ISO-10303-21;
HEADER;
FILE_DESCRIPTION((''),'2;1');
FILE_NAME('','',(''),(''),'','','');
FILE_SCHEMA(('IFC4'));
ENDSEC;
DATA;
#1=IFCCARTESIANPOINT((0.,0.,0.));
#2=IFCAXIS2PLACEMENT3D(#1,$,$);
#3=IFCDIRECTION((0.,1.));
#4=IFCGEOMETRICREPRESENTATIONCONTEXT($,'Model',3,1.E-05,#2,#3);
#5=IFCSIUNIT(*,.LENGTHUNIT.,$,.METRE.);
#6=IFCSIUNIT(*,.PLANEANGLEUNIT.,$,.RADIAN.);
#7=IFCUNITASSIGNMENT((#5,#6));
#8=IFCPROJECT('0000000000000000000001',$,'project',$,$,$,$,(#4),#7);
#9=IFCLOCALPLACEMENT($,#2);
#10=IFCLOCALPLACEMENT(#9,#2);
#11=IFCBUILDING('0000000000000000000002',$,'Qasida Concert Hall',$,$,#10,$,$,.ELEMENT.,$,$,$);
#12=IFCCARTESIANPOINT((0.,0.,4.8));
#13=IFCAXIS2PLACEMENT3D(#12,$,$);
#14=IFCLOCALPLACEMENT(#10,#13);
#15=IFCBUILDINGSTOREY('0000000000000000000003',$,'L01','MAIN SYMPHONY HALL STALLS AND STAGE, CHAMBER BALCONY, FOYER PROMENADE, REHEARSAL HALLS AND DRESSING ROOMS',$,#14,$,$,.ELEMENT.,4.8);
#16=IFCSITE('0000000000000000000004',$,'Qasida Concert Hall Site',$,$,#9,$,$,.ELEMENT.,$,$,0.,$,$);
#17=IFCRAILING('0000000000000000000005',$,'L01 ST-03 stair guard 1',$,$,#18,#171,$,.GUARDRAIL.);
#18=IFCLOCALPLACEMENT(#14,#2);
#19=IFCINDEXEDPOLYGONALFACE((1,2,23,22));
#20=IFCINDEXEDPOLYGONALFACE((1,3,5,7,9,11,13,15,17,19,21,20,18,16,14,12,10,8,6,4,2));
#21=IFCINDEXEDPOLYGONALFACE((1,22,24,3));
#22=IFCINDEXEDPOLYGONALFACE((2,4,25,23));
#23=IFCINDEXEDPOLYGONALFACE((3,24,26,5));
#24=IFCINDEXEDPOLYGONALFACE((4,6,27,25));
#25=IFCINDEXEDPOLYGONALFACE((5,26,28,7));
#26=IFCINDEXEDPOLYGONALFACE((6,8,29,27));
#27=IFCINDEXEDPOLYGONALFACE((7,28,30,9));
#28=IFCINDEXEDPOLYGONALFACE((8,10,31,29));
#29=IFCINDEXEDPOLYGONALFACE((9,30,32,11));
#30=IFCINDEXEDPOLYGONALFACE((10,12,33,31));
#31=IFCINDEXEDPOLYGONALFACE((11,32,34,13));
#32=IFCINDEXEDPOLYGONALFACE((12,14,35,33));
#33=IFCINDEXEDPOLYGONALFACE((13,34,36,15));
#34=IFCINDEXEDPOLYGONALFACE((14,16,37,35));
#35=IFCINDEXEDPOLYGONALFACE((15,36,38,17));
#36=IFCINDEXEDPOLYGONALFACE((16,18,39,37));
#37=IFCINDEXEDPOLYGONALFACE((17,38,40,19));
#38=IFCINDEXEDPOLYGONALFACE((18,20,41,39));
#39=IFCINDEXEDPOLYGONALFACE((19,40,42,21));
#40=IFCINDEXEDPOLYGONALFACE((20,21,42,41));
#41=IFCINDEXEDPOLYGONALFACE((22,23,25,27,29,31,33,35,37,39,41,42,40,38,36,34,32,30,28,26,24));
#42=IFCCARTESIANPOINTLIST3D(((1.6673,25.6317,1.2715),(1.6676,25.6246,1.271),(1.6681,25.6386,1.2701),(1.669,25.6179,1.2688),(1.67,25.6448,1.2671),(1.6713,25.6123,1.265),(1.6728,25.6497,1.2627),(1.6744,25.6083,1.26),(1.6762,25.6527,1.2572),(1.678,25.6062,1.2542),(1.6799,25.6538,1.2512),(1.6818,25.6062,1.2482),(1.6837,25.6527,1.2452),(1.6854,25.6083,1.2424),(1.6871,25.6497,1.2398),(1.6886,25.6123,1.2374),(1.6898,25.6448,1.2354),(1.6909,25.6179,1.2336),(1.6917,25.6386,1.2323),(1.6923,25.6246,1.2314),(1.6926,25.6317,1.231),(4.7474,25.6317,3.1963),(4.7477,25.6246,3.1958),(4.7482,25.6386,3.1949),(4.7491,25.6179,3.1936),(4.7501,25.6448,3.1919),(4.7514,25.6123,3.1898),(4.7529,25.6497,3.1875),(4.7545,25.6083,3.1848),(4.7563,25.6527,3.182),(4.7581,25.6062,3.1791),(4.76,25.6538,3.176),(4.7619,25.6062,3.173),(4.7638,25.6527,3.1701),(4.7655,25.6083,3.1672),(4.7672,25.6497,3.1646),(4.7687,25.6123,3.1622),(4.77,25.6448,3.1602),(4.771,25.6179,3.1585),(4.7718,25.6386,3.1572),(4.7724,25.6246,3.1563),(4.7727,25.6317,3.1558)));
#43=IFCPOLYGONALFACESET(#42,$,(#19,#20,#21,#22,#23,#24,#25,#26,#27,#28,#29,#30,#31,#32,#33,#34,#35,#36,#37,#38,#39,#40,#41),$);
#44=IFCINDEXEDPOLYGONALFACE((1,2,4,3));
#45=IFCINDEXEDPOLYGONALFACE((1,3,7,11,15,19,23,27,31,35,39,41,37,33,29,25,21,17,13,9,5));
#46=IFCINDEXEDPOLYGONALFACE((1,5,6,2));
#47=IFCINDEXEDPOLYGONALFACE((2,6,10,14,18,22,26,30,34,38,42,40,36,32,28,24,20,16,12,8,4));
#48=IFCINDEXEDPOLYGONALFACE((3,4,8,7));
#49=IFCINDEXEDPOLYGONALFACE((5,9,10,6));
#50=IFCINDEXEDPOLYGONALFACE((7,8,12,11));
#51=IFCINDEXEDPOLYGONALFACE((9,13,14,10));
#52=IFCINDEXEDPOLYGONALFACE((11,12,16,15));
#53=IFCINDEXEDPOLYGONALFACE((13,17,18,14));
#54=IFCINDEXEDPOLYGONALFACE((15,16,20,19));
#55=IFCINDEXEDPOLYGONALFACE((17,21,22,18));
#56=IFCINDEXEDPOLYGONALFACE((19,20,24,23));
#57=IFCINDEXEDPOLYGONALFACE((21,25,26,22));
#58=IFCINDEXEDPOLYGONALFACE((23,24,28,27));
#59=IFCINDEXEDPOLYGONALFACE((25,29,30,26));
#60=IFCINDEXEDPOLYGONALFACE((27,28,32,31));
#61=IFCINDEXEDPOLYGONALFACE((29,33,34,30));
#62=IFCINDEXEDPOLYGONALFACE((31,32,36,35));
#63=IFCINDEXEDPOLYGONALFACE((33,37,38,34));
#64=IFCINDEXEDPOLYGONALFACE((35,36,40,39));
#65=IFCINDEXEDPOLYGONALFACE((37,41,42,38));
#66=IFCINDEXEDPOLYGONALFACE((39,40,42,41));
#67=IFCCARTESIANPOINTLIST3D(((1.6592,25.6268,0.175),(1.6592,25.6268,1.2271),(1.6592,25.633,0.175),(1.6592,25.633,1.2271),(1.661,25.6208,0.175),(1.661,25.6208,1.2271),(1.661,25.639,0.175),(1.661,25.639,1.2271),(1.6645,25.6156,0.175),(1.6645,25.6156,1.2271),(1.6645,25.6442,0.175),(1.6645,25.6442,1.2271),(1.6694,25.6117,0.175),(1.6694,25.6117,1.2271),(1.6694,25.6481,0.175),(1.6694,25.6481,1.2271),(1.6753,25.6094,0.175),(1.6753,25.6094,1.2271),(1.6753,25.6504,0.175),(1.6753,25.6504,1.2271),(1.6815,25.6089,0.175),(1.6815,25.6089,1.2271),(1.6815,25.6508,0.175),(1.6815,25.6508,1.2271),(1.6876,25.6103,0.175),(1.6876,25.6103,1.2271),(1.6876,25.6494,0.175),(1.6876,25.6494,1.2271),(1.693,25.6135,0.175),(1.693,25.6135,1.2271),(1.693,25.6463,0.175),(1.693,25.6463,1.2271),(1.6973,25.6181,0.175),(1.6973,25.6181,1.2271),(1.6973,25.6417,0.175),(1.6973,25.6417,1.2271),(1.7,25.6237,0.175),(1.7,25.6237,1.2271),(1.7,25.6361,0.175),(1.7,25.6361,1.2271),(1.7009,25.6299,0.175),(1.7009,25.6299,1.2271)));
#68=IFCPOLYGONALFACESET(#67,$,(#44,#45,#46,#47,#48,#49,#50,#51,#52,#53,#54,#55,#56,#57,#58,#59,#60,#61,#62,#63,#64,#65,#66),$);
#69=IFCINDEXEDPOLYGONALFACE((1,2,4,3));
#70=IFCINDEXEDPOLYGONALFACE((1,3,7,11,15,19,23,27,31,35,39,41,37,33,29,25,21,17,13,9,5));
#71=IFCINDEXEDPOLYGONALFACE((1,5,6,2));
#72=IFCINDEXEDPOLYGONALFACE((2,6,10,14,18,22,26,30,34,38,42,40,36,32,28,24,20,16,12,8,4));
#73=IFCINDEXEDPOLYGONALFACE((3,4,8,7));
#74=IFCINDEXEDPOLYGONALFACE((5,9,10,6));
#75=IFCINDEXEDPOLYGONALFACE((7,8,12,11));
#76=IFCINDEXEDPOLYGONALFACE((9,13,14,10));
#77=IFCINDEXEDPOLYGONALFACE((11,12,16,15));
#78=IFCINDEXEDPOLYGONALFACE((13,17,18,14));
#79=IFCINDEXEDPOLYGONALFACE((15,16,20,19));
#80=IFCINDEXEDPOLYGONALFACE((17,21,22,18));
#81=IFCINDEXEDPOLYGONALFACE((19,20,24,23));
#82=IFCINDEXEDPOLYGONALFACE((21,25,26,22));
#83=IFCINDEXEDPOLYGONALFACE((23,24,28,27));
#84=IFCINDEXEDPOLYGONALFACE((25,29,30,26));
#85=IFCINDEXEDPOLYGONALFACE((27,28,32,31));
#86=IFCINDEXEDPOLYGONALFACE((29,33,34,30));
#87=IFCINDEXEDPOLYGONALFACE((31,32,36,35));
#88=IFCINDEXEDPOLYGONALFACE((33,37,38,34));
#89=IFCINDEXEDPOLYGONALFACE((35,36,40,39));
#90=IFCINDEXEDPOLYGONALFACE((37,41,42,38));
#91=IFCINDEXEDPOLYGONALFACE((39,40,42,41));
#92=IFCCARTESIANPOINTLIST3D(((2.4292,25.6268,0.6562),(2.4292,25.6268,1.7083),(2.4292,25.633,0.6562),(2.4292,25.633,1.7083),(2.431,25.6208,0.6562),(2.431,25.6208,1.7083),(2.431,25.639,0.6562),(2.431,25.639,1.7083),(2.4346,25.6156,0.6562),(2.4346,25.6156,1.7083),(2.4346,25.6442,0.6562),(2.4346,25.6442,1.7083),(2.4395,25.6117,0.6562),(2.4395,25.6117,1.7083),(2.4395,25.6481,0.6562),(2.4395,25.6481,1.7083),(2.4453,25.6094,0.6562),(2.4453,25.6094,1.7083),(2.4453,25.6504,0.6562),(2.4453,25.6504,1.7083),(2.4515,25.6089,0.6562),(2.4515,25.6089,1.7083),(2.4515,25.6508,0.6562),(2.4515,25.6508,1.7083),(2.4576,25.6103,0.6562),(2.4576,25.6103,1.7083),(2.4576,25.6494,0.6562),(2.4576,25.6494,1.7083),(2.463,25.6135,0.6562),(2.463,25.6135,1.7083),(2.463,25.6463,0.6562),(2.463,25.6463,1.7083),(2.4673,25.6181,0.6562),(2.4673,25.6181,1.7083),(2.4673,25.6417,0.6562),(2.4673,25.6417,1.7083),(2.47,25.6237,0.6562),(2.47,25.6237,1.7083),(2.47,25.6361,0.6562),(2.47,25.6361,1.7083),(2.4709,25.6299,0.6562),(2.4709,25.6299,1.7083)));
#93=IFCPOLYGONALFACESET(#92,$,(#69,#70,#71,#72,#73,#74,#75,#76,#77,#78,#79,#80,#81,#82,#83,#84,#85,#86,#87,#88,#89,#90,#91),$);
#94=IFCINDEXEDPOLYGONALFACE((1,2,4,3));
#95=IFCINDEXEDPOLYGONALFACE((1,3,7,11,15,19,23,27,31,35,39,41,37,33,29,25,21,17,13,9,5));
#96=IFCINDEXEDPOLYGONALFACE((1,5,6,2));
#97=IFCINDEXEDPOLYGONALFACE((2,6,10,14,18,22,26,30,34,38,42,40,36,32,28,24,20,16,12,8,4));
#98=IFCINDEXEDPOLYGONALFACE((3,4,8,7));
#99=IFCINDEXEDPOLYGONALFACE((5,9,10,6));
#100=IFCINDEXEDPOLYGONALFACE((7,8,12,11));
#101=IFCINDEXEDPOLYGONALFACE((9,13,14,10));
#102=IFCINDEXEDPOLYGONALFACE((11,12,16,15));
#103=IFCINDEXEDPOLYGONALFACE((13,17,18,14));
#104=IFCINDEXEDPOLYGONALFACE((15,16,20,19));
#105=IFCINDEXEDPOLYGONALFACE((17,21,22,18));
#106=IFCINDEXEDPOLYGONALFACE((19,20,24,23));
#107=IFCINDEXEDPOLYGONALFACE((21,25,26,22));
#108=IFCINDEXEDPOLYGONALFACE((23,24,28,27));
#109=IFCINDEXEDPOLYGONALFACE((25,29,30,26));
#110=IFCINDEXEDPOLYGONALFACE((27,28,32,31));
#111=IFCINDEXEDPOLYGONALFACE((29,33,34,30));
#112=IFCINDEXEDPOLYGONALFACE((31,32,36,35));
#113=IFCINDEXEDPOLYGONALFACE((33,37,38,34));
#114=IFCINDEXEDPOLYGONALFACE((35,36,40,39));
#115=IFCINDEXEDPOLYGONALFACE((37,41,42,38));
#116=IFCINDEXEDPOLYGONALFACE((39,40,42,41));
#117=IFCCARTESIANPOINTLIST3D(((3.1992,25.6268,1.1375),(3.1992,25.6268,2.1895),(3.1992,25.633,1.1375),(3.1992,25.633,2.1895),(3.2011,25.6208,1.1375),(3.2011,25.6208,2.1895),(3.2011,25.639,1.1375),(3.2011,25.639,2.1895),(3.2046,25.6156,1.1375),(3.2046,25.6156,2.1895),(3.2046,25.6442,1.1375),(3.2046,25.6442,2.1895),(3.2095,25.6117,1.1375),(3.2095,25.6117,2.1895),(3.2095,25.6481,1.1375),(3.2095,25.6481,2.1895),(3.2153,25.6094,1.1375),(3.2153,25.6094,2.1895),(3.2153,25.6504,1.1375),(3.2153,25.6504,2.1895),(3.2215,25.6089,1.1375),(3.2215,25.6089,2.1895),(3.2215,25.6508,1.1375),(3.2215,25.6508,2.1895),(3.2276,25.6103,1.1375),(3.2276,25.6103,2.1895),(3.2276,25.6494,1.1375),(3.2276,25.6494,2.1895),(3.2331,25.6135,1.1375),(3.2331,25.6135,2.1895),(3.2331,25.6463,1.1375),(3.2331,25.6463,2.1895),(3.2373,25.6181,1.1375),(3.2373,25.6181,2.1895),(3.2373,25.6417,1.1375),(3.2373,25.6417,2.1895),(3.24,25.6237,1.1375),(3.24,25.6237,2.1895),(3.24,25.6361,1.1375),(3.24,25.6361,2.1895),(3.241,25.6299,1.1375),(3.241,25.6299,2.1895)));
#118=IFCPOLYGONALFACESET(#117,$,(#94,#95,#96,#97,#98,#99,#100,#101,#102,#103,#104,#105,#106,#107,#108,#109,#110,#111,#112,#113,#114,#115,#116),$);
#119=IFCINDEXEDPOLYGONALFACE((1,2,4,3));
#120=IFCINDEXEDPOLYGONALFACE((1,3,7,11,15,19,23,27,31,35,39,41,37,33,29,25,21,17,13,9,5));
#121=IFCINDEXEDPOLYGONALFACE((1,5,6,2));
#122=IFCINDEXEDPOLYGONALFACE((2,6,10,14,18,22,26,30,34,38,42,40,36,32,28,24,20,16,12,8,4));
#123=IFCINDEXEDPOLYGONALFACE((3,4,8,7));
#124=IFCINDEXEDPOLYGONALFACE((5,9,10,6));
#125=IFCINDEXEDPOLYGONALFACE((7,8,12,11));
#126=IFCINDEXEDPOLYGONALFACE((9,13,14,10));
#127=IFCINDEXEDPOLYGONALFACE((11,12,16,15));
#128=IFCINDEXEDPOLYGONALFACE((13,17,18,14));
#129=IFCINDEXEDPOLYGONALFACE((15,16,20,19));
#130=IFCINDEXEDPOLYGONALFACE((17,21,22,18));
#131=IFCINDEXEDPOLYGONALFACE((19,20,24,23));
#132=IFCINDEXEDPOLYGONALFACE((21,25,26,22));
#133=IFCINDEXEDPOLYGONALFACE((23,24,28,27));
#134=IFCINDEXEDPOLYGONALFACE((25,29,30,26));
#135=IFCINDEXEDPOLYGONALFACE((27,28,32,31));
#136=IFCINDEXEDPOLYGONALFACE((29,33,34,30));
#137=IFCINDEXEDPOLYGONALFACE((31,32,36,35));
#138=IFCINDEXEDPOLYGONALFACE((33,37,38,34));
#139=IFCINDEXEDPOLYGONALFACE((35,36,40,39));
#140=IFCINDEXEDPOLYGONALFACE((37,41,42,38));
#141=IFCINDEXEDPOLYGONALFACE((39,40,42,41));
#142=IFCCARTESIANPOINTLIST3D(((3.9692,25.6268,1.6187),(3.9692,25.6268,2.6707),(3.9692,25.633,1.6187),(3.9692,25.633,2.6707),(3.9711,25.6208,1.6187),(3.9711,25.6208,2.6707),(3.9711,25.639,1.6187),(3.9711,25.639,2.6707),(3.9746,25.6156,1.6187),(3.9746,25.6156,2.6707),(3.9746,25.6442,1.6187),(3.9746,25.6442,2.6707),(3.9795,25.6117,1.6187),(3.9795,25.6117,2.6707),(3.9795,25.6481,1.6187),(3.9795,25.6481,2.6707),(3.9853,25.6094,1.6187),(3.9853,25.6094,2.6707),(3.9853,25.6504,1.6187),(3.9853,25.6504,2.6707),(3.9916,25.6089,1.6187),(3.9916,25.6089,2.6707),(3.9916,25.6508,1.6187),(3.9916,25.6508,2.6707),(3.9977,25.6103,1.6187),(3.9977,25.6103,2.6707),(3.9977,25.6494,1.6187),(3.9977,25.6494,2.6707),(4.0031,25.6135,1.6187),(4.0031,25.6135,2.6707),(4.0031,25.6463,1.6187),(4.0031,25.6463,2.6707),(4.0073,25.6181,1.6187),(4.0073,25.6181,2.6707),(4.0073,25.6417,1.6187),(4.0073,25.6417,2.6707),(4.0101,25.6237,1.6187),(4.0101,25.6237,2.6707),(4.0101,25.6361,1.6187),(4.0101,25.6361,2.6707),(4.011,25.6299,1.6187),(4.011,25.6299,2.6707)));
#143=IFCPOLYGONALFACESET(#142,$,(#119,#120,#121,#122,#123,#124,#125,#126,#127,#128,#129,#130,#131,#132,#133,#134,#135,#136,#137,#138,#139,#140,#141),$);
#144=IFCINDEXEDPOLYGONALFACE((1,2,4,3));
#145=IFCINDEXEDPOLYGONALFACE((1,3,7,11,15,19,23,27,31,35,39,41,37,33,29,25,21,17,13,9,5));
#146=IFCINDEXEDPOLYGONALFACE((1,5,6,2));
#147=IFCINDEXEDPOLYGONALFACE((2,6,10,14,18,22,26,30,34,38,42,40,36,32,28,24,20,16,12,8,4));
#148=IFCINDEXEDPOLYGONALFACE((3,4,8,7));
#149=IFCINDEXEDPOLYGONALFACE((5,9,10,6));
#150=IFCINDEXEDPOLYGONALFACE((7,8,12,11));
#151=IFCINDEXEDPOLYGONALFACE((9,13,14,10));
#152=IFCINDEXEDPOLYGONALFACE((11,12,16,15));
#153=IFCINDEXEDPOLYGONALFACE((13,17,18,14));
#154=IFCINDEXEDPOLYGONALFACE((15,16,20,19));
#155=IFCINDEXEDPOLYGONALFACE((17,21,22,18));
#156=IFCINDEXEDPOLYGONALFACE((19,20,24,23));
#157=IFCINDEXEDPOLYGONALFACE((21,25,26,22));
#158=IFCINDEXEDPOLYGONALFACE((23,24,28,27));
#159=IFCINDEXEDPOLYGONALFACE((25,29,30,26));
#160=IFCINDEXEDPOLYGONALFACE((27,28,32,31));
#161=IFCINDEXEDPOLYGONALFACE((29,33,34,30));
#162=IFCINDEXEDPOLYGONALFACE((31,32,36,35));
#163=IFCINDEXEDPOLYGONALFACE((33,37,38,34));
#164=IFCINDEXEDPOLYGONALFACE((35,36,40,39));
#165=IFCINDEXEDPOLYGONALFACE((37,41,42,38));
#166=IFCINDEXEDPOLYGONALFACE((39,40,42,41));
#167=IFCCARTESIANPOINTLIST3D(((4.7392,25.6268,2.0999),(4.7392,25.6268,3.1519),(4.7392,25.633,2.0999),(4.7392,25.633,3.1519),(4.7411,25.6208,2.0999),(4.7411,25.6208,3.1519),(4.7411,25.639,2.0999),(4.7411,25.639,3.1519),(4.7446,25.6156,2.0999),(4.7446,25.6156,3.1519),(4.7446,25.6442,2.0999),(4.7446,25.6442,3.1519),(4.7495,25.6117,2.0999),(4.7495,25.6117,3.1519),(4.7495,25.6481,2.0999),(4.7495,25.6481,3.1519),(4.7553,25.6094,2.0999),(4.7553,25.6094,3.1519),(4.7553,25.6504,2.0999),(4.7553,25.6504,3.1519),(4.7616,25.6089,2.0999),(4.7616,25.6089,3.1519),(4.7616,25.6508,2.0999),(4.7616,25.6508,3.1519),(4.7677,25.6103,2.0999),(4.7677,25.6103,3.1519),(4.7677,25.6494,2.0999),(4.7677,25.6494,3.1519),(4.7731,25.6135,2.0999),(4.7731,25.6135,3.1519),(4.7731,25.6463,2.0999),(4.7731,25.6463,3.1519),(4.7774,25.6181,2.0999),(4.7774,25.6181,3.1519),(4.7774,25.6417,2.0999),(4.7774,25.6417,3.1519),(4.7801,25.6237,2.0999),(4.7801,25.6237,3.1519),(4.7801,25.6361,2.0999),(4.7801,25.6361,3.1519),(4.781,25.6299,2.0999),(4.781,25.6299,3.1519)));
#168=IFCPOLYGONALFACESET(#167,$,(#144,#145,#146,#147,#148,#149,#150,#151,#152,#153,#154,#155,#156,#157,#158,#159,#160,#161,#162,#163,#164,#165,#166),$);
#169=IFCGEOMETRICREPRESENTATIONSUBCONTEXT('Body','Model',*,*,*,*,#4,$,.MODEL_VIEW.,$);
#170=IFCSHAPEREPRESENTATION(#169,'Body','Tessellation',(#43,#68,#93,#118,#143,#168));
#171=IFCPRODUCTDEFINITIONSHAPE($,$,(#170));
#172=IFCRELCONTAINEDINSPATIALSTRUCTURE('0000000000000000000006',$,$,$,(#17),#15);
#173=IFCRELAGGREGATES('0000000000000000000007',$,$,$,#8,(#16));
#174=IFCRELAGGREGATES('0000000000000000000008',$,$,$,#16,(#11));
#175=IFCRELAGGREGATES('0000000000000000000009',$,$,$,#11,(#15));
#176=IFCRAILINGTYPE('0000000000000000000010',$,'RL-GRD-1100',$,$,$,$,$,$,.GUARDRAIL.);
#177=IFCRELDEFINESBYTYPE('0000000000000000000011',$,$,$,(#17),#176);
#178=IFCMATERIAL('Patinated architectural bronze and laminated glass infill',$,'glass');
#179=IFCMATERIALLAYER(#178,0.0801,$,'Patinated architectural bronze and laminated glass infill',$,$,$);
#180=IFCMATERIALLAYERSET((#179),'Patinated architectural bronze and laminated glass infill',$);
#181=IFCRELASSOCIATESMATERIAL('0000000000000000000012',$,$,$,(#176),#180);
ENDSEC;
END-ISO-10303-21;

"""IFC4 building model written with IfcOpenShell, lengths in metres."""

from ifc_helpers import new_model, si_unit, direction, frame, origin, origin_2d, place, context, subcontext, project, spatial, circle, extrude, material, layer, layer_set, type_object, element, save


model = new_model("IFC4")

# Units and contexts
model_context = context("Model", 3, precision=1e-05, world=origin(), true_north=direction((0.0, 1.0)))
body_context = subcontext(model_context, "Body", "Model", "MODEL_VIEW")
ifc_project = project(units=[si_unit("LENGTHUNIT", "METRE"), si_unit("PLANEANGLEUNIT", "RADIAN")], contexts=[model_context])

# Site, building, storey
site_placement = place(None, origin())
site = spatial("IfcSite", under=ifc_project, at=site_placement, Name="Qasida Concert Hall Site", CompositionType="ELEMENT", RefElevation=0.0)
building_placement = place(site_placement, origin())
building = spatial("IfcBuilding", under=site, at=building_placement, Name="Qasida Concert Hall", CompositionType="ELEMENT")
storey_placement = place(building_placement, frame((0.0, 0.0, 4.8)))
storey = spatial("IfcBuildingStorey", under=building, at=storey_placement, Name="L01", Description="MAIN SYMPHONY HALL STALLS AND STAGE, CHAMBER BALCONY, FOYER PROMENADE, REHEARSAL HALLS AND DRESSING ROOMS", CompositionType="ELEMENT", Elevation=4.8)

# Railing
ifc_material_1 = material(Name="Patinated architectural bronze and laminated glass infill", Category="glass")
ifc_layer_1 = layer(ifc_material_1, 0.0801, Name="Patinated architectural bronze and laminated glass infill")
ifc_layer_set_1 = layer_set([ifc_layer_1], Name="Patinated architectural bronze and laminated glass infill")
railing_type_1 = type_object("IfcRailingType", Name="RL-GRD-1100", PredefinedType="GUARDRAIL", material=ifc_layer_set_1)
railing_1_placement = place(storey_placement, frame((1.6799, 25.6299, 0.175)))
element("IfcRailing", 1, at=railing_1_placement, inside=storey, type_object=railing_type_1, Name="L01 ST-03 stair guard 1", PredefinedType="GUARDRAIL", context=body_context, shape_type="SweptSolid", body=[
    extrude(circle(Radius=0.0239, at=origin_2d()), frame((0.0, 0.0, 1.0762), z_axis=(0.848029, 0.0, 0.529951), x_axis=(0.0, 1.0, 0.0)), (0.0, 0.0, 1.0), 3.6321),
    extrude(circle(Radius=0.021, at=origin_2d()), origin(), (0.0, 0.0, 1.0), 1.052),
    extrude(circle(Radius=0.021, at=origin_2d()), frame((0.77, 0.0, 0.4812)), (0.0, 0.0, 1.0), 1.052),
    extrude(circle(Radius=0.021, at=origin_2d()), frame((1.54, 0.0, 0.9624)), (0.0, 0.0, 1.0), 1.052),
    extrude(circle(Radius=0.021, at=origin_2d()), frame((2.3101, 0.0, 1.4436)), (0.0, 0.0, 1.0), 1.052),
    extrude(circle(Radius=0.021, at=origin_2d()), frame((3.0801, 0.0, 1.9248)), (0.0, 0.0, 1.0), 1.052),
])

save(model, "model.ifc")
